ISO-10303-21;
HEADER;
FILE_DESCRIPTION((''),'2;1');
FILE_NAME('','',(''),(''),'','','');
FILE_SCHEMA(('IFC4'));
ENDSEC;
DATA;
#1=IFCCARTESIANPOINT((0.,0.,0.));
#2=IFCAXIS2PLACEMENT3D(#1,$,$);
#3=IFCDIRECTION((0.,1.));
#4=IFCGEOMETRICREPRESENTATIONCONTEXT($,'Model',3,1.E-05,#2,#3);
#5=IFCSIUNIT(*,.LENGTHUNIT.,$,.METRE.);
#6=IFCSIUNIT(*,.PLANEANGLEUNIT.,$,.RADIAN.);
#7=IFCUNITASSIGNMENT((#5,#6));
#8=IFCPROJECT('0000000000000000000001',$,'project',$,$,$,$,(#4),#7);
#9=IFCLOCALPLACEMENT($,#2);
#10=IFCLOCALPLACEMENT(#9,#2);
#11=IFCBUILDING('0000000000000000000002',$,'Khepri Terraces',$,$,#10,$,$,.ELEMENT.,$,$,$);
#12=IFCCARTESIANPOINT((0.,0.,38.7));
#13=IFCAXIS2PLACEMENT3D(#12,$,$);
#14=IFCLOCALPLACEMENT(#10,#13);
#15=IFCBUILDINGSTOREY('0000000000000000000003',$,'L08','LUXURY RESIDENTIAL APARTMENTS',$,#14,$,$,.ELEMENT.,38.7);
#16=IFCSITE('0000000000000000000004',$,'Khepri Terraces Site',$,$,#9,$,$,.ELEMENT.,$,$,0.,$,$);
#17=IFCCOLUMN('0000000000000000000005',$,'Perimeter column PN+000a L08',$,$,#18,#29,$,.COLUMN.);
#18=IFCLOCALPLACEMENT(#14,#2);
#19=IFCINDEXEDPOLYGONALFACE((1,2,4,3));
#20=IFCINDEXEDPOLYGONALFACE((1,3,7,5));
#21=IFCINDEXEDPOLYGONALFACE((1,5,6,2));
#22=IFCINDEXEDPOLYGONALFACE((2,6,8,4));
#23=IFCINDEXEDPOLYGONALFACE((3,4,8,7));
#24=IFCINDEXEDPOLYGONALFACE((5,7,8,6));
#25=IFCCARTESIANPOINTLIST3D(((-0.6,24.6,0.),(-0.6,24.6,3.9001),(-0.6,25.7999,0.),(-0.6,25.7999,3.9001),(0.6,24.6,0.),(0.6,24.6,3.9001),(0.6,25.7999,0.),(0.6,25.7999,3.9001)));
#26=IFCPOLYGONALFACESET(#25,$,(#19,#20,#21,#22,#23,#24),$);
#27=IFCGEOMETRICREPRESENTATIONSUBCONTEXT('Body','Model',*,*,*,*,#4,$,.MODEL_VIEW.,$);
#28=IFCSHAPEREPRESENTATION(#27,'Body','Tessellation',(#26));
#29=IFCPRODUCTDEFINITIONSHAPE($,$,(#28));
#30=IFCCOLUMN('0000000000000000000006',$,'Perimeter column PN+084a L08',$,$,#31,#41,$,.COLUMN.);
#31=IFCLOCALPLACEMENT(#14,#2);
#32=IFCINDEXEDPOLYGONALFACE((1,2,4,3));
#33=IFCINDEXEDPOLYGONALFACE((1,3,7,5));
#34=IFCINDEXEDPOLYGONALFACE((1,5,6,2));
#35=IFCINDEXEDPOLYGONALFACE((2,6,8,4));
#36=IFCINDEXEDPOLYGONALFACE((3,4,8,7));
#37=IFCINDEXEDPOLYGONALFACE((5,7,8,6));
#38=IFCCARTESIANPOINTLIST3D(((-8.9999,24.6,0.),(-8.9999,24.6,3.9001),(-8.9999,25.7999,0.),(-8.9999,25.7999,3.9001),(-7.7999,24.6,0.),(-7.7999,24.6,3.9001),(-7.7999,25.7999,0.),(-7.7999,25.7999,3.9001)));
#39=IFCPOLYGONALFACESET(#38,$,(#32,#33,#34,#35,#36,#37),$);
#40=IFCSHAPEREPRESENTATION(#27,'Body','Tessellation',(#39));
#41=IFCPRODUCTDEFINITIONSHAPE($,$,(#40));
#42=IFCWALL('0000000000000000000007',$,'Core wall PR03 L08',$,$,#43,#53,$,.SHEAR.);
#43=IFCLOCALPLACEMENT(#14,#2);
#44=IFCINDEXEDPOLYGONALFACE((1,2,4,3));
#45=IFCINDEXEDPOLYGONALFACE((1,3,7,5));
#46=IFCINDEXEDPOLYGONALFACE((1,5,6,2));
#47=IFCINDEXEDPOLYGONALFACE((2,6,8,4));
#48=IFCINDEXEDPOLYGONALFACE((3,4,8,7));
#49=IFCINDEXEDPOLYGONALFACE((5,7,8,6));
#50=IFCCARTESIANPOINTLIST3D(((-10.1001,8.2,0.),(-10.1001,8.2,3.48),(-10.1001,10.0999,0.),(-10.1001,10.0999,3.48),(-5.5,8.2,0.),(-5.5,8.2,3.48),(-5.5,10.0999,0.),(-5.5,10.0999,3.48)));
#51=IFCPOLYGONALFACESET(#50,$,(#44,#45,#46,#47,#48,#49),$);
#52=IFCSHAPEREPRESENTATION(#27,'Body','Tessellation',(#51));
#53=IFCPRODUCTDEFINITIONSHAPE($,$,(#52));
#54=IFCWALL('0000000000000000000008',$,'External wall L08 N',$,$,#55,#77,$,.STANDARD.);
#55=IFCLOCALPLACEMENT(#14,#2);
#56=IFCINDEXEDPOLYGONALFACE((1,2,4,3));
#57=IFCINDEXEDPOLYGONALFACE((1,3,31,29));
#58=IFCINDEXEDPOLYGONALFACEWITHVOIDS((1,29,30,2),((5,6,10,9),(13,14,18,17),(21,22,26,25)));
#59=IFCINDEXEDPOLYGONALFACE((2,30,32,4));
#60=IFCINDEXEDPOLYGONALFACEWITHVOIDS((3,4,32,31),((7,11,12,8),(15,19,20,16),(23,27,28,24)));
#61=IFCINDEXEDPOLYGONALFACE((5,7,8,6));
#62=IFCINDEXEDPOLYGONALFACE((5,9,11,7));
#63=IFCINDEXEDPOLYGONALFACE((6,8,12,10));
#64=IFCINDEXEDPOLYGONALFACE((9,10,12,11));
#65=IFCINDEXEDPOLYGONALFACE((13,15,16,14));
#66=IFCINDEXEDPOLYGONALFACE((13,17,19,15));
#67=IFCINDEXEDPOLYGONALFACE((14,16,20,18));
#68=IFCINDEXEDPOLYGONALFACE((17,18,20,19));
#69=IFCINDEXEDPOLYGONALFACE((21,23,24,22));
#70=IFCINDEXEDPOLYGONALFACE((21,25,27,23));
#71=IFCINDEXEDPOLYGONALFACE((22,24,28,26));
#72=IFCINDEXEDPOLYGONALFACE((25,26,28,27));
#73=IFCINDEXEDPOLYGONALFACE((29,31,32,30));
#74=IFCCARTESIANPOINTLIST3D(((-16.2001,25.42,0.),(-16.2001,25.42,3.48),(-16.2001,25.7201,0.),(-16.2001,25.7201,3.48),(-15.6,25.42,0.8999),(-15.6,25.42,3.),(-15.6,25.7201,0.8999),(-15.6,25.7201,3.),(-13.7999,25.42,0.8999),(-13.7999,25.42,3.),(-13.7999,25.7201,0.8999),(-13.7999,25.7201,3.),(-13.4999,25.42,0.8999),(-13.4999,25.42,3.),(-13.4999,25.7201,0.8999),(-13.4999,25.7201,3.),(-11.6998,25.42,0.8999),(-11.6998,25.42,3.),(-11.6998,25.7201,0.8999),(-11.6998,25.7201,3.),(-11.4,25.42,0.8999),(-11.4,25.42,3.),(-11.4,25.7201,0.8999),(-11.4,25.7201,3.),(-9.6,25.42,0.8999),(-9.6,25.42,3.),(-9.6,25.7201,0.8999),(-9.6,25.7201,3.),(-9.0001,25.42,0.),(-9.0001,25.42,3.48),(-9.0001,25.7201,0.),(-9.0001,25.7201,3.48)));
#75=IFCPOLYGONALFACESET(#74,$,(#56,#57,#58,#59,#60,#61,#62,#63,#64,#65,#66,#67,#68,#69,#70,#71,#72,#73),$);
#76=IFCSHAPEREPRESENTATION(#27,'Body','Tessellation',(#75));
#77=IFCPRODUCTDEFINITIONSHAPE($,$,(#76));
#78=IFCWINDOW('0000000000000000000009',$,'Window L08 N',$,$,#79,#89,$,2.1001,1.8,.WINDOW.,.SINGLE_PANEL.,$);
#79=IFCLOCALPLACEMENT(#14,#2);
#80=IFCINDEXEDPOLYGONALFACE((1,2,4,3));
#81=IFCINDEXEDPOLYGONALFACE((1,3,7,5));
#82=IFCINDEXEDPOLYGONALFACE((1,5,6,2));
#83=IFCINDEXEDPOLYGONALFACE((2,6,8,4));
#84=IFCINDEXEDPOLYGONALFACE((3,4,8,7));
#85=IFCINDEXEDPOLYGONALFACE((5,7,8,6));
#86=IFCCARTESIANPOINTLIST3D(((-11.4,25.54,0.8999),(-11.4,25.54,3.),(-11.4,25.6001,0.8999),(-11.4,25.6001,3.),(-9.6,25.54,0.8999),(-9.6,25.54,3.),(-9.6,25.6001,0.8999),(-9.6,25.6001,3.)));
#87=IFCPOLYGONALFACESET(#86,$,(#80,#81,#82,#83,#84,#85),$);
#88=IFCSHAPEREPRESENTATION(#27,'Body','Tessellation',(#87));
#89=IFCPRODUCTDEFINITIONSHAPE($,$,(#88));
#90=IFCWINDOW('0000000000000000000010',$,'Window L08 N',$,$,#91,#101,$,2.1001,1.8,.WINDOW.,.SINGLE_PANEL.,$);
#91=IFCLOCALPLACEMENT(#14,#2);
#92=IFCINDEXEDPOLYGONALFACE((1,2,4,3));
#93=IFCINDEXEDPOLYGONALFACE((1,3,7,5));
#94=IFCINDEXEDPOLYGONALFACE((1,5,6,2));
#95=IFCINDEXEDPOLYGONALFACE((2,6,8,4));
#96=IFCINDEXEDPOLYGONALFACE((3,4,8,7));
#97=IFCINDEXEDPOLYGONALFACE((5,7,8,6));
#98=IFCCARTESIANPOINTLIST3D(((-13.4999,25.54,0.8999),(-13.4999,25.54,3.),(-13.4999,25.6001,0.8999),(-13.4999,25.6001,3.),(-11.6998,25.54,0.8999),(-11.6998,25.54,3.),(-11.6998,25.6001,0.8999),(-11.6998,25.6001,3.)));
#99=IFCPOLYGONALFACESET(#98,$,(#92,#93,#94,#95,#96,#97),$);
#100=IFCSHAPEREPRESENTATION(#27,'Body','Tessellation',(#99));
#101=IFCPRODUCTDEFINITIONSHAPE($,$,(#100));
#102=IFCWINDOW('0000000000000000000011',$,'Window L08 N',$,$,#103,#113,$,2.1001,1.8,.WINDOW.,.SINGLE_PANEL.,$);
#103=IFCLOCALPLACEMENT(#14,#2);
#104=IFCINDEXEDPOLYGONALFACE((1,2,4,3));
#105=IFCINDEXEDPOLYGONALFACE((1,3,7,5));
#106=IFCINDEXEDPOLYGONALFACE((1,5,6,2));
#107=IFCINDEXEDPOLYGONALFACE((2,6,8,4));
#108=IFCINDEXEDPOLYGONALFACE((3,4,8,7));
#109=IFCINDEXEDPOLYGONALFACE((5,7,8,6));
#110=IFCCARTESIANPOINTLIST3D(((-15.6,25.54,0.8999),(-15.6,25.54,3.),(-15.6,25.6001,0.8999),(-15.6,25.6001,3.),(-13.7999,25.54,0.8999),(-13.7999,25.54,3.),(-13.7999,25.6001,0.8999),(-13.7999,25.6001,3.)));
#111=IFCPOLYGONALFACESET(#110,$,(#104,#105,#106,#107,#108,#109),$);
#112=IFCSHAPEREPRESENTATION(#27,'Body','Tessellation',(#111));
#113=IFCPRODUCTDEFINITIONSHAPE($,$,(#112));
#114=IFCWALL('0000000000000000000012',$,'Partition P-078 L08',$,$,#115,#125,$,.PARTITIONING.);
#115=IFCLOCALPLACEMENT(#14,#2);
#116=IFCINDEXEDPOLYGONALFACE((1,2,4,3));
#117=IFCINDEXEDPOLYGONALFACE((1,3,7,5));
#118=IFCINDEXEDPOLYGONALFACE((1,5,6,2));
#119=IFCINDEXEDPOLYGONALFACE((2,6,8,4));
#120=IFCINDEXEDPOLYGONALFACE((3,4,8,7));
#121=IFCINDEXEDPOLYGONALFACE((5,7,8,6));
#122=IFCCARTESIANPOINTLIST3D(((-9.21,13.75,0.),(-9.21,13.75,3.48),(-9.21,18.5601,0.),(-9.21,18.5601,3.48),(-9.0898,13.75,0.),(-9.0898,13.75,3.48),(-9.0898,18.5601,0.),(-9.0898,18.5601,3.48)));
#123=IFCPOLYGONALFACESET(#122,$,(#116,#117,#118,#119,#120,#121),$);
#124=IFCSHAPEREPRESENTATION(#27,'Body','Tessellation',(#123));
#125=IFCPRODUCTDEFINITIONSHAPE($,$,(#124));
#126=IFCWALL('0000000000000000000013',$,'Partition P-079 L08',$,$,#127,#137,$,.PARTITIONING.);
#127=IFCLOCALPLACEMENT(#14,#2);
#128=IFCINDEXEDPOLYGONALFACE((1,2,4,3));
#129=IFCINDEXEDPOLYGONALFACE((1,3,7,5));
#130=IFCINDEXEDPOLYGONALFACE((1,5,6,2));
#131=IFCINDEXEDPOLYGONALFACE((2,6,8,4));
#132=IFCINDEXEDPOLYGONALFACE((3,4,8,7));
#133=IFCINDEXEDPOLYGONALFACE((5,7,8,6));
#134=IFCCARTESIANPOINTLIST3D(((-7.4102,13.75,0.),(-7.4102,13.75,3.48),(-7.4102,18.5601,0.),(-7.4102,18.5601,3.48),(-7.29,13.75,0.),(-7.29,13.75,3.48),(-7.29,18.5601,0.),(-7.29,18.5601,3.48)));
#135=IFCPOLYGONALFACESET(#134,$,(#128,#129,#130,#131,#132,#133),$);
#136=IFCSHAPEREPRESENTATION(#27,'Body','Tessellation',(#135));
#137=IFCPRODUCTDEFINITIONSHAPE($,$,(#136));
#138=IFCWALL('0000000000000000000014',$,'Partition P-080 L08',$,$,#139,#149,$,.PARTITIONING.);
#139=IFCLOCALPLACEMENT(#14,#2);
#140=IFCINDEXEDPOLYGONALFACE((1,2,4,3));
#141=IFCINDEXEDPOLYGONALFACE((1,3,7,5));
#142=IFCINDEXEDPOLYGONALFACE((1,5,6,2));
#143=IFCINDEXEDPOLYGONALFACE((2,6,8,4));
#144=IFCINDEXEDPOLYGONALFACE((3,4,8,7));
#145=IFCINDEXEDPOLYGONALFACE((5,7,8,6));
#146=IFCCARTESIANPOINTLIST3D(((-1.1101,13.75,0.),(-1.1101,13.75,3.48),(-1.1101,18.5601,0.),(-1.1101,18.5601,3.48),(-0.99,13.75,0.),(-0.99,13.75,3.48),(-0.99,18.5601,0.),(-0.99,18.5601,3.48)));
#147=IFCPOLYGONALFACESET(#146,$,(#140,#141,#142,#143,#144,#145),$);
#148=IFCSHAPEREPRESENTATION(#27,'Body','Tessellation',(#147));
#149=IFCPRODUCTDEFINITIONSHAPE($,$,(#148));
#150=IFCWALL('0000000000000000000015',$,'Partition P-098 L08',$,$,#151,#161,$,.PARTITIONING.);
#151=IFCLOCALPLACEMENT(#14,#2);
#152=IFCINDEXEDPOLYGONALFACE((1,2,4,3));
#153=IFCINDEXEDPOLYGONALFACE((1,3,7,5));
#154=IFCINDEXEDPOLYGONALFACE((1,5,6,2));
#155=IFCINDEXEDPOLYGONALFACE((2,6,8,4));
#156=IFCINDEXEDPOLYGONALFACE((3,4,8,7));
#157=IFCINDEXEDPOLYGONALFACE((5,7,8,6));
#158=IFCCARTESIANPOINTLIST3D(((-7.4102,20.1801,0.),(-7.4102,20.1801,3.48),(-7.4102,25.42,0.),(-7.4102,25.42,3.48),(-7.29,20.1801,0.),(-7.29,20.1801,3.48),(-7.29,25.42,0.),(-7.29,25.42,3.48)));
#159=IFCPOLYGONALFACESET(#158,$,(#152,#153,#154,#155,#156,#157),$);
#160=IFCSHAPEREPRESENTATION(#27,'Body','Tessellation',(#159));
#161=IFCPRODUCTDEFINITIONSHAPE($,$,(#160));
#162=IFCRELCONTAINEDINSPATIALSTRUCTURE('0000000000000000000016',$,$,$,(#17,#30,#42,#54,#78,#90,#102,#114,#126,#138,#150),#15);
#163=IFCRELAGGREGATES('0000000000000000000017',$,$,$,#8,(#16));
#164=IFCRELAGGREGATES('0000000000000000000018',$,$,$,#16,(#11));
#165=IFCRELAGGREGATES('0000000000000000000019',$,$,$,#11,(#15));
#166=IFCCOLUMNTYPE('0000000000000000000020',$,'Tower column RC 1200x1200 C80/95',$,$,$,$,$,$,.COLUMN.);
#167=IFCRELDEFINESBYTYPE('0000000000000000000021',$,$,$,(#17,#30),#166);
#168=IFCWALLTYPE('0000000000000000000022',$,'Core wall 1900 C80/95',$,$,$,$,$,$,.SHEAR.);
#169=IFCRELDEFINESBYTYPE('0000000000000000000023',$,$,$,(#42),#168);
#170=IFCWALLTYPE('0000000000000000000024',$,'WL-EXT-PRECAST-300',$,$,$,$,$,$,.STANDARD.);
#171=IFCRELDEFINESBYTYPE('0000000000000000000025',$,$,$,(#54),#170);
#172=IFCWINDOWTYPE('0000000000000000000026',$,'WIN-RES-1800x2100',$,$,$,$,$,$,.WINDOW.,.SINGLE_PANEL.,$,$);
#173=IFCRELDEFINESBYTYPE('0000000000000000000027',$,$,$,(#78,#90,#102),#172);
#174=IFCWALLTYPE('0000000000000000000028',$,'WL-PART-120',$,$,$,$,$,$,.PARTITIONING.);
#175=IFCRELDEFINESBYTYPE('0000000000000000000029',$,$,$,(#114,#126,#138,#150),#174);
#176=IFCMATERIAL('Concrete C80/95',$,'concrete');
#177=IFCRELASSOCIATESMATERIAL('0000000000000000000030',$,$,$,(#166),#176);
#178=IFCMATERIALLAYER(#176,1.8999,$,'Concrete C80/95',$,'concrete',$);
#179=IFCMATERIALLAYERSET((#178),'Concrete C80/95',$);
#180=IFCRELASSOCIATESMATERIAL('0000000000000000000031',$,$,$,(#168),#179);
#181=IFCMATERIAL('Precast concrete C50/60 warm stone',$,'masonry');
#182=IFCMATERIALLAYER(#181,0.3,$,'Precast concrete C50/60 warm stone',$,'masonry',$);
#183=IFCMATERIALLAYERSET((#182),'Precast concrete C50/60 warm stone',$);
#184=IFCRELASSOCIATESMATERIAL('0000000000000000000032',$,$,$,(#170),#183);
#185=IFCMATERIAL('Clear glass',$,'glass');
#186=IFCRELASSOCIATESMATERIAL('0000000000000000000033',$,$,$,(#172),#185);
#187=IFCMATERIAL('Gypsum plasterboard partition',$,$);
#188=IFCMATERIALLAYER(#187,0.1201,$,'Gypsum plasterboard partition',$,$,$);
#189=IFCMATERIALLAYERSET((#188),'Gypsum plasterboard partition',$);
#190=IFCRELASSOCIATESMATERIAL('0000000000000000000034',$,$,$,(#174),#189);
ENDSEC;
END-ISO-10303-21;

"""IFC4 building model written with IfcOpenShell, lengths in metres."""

from ifc_helpers import new_model, si_unit, direction, frame, frame_2d, origin, origin_2d, place, context, subcontext, project, spatial, rectangle, extrude, material, layer, layer_set, material_profile, profile_set, type_object, element, fill, save


model = new_model("IFC4")

# Units and contexts
model_context = context("Model", 3, precision=1e-05, world=origin(), true_north=direction((0.0, 1.0)))
body_context = subcontext(model_context, "Body", "Model", "MODEL_VIEW")
ifc_project = project(units=[si_unit("LENGTHUNIT", "METRE"), si_unit("PLANEANGLEUNIT", "RADIAN")], contexts=[model_context])

# Site, building, storey
site_placement = place(None, origin())
site = spatial("IfcSite", under=ifc_project, at=site_placement, Name="Khepri Terraces Site", CompositionType="ELEMENT", RefElevation=0.0)
building_placement = place(site_placement, origin())
building = spatial("IfcBuilding", under=site, at=building_placement, Name="Khepri Terraces", CompositionType="ELEMENT")
storey_placement = place(building_placement, frame((0.0, 0.0, 38.7)))
storey = spatial("IfcBuildingStorey", under=building, at=storey_placement, Name="L08", Description="LUXURY RESIDENTIAL APARTMENTS", CompositionType="ELEMENT", Elevation=38.7)

# Columns
ifc_material_1 = material(Name="Concrete C80/95", Category="concrete")
ifc_material_profile = material_profile(ifc_material_1, rectangle(XDim=1.2, YDim=1.2, at=origin_2d()), Name="Concrete C80/95", Category="concrete")
ifc_profile_set = profile_set([ifc_material_profile], Name="Concrete C80/95")
column_type = type_object("IfcColumnType", Name="Tower column RC 1200x1200 C80/95", PredefinedType="COLUMN", material=ifc_profile_set)
for number, where, z_axis, x_axis, name in (
    (1, (0.0, 25.2, 0.0), (0.0, 0.0, 1.0), (1.0, 0.0, 0.0), "Perimeter column PN+000a L08"),
    (2, (-8.3999, 25.2, 0.0), (0.0, 0.0, 1.0), (1.0, 0.0, 0.0), "Perimeter column PN+084a L08"),
):
    element("IfcColumn", number, at=place(storey_placement, frame(where, z_axis=z_axis, x_axis=x_axis)), inside=storey, type_object=column_type, Name=name, PredefinedType="COLUMN", context=body_context, shape_type="SweptSolid", body=[
        extrude(rectangle(XDim=1.2, YDim=1.2, at=origin_2d()), origin(), (0.0, 0.0, 1.0), 3.9001),
    ])

# Wall
ifc_layer_1 = layer(ifc_material_1, 1.8999, Name="Concrete C80/95", Category="concrete")
ifc_layer_set_1 = layer_set([ifc_layer_1], Name="Concrete C80/95")
wall_type_1 = type_object("IfcWallType", Name="Core wall 1900 C80/95", PredefinedType="SHEAR", material=ifc_layer_set_1)
wall_1_placement = place(storey_placement, frame((-10.1001, 9.1499, 0.0), z_axis=(0.0, 0.0, 1.0), x_axis=(1.0, 0.0, 0.0)))
element("IfcWall", 3, at=wall_1_placement, inside=storey, type_object=wall_type_1, Name="Core wall PR03 L08", PredefinedType="SHEAR", context=body_context, shape_type="SweptSolid", body=[
    extrude(rectangle(XDim=4.6001, YDim=1.8999, at=frame_2d((2.3, 0.0))), origin(), (0.0, 0.0, 1.0), 3.48),
])

# Shared definitions
ifc_material_2 = material(Name="Precast concrete C50/60 warm stone", Category="masonry")
ifc_layer_2 = layer(ifc_material_2, 0.3, Name="Precast concrete C50/60 warm stone", Category="masonry")
ifc_layer_set_2 = layer_set([ifc_layer_2], Name="Precast concrete C50/60 warm stone")
wall_type_2 = type_object("IfcWallType", Name="WL-EXT-PRECAST-300", PredefinedType="STANDARD", material=ifc_layer_set_2)
ifc_material_3 = material(Name="Clear glass", Category="glass")
window_type = type_object("IfcWindowType", Name="WIN-RES-1800x2100", PartitioningType="SINGLE_PANEL", PredefinedType="WINDOW", material=ifc_material_3)

# Wall, openings, windows
wall_2_placement = place(storey_placement, frame((-9.0, 25.5701, 0.0), z_axis=(0.0, 0.0, 1.0), x_axis=(-1.0, 0.0, 0.0)))
wall_2 = element("IfcWall", 4, at=wall_2_placement, inside=storey, type_object=wall_type_2, Name="External wall L08 N", PredefinedType="STANDARD", context=body_context, shape_type="SweptSolid", body=[
    extrude(rectangle(XDim=7.2, YDim=0.3, at=frame_2d((3.6001, 0.0))), origin(), (0.0, 0.0, 1.0), 3.48),
])
opening_1_placement = place(wall_2_placement, frame((0.6001, 0.0, 0.8999)))
opening_1 = element("IfcOpeningElement", 5, at=opening_1_placement, cuts=wall_2, PredefinedType="OPENING", context=body_context, shape_type="SweptSolid", body=[
    extrude(rectangle(XDim=1.8, YDim=2.1001, at=frame_2d((0.8999, 1.05))), frame((0.0, 0.1602, 0.0), z_axis=(0.0, -1.0, 0.0), x_axis=(1.0, 0.0, 0.0)), (0.0, 0.0, 1.0), 0.3201),
])
opening_2_placement = place(wall_2_placement, frame((2.7, 0.0, 0.8999)))
opening_2 = element("IfcOpeningElement", 6, at=opening_2_placement, cuts=wall_2, PredefinedType="OPENING", context=body_context, shape_type="SweptSolid", body=[
    extrude(rectangle(XDim=1.8, YDim=2.1001, at=frame_2d((0.8999, 1.05))), frame((0.0, 0.1602, 0.0), z_axis=(0.0, -1.0, 0.0), x_axis=(1.0, 0.0, 0.0)), (0.0, 0.0, 1.0), 0.3201),
])
opening_3_placement = place(wall_2_placement, frame((4.8, 0.0, 0.8999)))
opening_3 = element("IfcOpeningElement", 7, at=opening_3_placement, cuts=wall_2, PredefinedType="OPENING", context=body_context, shape_type="SweptSolid", body=[
    extrude(rectangle(XDim=1.8, YDim=2.1001, at=frame_2d((0.8999, 1.05))), frame((0.0, 0.1602, 0.0), z_axis=(0.0, -1.0, 0.0), x_axis=(1.0, 0.0, 0.0)), (0.0, 0.0, 1.0), 0.3201),
])
window_1_placement = place(opening_1_placement, origin())
window_1 = element("IfcWindow", 8, at=window_1_placement, inside=storey, type_object=window_type, Name="Window L08 N", OverallHeight=2.1001, OverallWidth=1.8, PartitioningType="SINGLE_PANEL", PredefinedType="WINDOW", context=body_context, shape_type="SweptSolid", body=[
    extrude(rectangle(XDim=1.8, YDim=2.1001, at=frame_2d((0.8999, 1.05))), frame((0.0, 0.03, 0.0), z_axis=(0.0, -1.0, 0.0), x_axis=(1.0, 0.0, 0.0)), (0.0, 0.0, 1.0), 0.0601),
])
fill(opening_1, window_1)
window_2_placement = place(opening_2_placement, origin())
window_2 = element("IfcWindow", 9, at=window_2_placement, inside=storey, type_object=window_type, Name="Window L08 N", OverallHeight=2.1001, OverallWidth=1.8, PartitioningType="SINGLE_PANEL", PredefinedType="WINDOW", context=body_context, shape_type="SweptSolid", body=[
    extrude(rectangle(XDim=1.8, YDim=2.1001, at=frame_2d((0.8999, 1.05))), frame((0.0, 0.03, 0.0), z_axis=(0.0, -1.0, 0.0), x_axis=(1.0, 0.0, 0.0)), (0.0, 0.0, 1.0), 0.0601),
])
fill(opening_2, window_2)
window_3_placement = place(opening_3_placement, origin())
window_3 = element("IfcWindow", 10, at=window_3_placement, inside=storey, type_object=window_type, Name="Window L08 N", OverallHeight=2.1001, OverallWidth=1.8, PartitioningType="SINGLE_PANEL", PredefinedType="WINDOW", context=body_context, shape_type="SweptSolid", body=[
    extrude(rectangle(XDim=1.8, YDim=2.1001, at=frame_2d((0.8999, 1.05))), frame((0.0, 0.03, 0.0), z_axis=(0.0, -1.0, 0.0), x_axis=(1.0, 0.0, 0.0)), (0.0, 0.0, 1.0), 0.0601),
])
fill(opening_3, window_3)

# Walls
ifc_material_4 = material(Name="Gypsum plasterboard partition")
ifc_layer_3 = layer(ifc_material_4, 0.1201, Name="Gypsum plasterboard partition")
ifc_layer_set_3 = layer_set([ifc_layer_3], Name="Gypsum plasterboard partition")
wall_type_3 = type_object("IfcWallType", Name="WL-PART-120", PredefinedType="PARTITIONING", material=ifc_layer_set_3)
for number, where, z_axis, x_axis, name in (
    (11, (-9.1499, 13.75, 0.0), (0.0, 0.0, 1.0), (0.0, 1.0, 0.0), "Partition P-078 L08"),
    (12, (-7.3501, 13.75, 0.0), (0.0, 0.0, 1.0), (0.0, 1.0, 0.0), "Partition P-079 L08"),
    (13, (-1.05, 13.75, 0.0), (0.0, 0.0, 1.0), (0.0, 1.0, 0.0), "Partition P-080 L08"),
):
    element("IfcWall", number, at=place(storey_placement, frame(where, z_axis=z_axis, x_axis=x_axis)), inside=storey, type_object=wall_type_3, Name=name, PredefinedType="PARTITIONING", context=body_context, shape_type="SweptSolid", body=[
        extrude(rectangle(XDim=4.8101, YDim=0.1201, at=frame_2d((2.405, 0.0))), origin(), (0.0, 0.0, 1.0), 3.48),
    ])
wall_3_placement = place(storey_placement, frame((-7.3501, 20.1799, 0.0), z_axis=(0.0, 0.0, 1.0), x_axis=(0.0, 1.0, 0.0)))
element("IfcWall", 14, at=wall_3_placement, inside=storey, type_object=wall_type_3, Name="Partition P-098 L08", PredefinedType="PARTITIONING", context=body_context, shape_type="SweptSolid", body=[
    extrude(rectangle(XDim=5.24, YDim=0.1201, at=frame_2d((2.6201, 0.0))), origin(), (0.0, 0.0, 1.0), 3.48),
])

save(model, "model.ifc")
